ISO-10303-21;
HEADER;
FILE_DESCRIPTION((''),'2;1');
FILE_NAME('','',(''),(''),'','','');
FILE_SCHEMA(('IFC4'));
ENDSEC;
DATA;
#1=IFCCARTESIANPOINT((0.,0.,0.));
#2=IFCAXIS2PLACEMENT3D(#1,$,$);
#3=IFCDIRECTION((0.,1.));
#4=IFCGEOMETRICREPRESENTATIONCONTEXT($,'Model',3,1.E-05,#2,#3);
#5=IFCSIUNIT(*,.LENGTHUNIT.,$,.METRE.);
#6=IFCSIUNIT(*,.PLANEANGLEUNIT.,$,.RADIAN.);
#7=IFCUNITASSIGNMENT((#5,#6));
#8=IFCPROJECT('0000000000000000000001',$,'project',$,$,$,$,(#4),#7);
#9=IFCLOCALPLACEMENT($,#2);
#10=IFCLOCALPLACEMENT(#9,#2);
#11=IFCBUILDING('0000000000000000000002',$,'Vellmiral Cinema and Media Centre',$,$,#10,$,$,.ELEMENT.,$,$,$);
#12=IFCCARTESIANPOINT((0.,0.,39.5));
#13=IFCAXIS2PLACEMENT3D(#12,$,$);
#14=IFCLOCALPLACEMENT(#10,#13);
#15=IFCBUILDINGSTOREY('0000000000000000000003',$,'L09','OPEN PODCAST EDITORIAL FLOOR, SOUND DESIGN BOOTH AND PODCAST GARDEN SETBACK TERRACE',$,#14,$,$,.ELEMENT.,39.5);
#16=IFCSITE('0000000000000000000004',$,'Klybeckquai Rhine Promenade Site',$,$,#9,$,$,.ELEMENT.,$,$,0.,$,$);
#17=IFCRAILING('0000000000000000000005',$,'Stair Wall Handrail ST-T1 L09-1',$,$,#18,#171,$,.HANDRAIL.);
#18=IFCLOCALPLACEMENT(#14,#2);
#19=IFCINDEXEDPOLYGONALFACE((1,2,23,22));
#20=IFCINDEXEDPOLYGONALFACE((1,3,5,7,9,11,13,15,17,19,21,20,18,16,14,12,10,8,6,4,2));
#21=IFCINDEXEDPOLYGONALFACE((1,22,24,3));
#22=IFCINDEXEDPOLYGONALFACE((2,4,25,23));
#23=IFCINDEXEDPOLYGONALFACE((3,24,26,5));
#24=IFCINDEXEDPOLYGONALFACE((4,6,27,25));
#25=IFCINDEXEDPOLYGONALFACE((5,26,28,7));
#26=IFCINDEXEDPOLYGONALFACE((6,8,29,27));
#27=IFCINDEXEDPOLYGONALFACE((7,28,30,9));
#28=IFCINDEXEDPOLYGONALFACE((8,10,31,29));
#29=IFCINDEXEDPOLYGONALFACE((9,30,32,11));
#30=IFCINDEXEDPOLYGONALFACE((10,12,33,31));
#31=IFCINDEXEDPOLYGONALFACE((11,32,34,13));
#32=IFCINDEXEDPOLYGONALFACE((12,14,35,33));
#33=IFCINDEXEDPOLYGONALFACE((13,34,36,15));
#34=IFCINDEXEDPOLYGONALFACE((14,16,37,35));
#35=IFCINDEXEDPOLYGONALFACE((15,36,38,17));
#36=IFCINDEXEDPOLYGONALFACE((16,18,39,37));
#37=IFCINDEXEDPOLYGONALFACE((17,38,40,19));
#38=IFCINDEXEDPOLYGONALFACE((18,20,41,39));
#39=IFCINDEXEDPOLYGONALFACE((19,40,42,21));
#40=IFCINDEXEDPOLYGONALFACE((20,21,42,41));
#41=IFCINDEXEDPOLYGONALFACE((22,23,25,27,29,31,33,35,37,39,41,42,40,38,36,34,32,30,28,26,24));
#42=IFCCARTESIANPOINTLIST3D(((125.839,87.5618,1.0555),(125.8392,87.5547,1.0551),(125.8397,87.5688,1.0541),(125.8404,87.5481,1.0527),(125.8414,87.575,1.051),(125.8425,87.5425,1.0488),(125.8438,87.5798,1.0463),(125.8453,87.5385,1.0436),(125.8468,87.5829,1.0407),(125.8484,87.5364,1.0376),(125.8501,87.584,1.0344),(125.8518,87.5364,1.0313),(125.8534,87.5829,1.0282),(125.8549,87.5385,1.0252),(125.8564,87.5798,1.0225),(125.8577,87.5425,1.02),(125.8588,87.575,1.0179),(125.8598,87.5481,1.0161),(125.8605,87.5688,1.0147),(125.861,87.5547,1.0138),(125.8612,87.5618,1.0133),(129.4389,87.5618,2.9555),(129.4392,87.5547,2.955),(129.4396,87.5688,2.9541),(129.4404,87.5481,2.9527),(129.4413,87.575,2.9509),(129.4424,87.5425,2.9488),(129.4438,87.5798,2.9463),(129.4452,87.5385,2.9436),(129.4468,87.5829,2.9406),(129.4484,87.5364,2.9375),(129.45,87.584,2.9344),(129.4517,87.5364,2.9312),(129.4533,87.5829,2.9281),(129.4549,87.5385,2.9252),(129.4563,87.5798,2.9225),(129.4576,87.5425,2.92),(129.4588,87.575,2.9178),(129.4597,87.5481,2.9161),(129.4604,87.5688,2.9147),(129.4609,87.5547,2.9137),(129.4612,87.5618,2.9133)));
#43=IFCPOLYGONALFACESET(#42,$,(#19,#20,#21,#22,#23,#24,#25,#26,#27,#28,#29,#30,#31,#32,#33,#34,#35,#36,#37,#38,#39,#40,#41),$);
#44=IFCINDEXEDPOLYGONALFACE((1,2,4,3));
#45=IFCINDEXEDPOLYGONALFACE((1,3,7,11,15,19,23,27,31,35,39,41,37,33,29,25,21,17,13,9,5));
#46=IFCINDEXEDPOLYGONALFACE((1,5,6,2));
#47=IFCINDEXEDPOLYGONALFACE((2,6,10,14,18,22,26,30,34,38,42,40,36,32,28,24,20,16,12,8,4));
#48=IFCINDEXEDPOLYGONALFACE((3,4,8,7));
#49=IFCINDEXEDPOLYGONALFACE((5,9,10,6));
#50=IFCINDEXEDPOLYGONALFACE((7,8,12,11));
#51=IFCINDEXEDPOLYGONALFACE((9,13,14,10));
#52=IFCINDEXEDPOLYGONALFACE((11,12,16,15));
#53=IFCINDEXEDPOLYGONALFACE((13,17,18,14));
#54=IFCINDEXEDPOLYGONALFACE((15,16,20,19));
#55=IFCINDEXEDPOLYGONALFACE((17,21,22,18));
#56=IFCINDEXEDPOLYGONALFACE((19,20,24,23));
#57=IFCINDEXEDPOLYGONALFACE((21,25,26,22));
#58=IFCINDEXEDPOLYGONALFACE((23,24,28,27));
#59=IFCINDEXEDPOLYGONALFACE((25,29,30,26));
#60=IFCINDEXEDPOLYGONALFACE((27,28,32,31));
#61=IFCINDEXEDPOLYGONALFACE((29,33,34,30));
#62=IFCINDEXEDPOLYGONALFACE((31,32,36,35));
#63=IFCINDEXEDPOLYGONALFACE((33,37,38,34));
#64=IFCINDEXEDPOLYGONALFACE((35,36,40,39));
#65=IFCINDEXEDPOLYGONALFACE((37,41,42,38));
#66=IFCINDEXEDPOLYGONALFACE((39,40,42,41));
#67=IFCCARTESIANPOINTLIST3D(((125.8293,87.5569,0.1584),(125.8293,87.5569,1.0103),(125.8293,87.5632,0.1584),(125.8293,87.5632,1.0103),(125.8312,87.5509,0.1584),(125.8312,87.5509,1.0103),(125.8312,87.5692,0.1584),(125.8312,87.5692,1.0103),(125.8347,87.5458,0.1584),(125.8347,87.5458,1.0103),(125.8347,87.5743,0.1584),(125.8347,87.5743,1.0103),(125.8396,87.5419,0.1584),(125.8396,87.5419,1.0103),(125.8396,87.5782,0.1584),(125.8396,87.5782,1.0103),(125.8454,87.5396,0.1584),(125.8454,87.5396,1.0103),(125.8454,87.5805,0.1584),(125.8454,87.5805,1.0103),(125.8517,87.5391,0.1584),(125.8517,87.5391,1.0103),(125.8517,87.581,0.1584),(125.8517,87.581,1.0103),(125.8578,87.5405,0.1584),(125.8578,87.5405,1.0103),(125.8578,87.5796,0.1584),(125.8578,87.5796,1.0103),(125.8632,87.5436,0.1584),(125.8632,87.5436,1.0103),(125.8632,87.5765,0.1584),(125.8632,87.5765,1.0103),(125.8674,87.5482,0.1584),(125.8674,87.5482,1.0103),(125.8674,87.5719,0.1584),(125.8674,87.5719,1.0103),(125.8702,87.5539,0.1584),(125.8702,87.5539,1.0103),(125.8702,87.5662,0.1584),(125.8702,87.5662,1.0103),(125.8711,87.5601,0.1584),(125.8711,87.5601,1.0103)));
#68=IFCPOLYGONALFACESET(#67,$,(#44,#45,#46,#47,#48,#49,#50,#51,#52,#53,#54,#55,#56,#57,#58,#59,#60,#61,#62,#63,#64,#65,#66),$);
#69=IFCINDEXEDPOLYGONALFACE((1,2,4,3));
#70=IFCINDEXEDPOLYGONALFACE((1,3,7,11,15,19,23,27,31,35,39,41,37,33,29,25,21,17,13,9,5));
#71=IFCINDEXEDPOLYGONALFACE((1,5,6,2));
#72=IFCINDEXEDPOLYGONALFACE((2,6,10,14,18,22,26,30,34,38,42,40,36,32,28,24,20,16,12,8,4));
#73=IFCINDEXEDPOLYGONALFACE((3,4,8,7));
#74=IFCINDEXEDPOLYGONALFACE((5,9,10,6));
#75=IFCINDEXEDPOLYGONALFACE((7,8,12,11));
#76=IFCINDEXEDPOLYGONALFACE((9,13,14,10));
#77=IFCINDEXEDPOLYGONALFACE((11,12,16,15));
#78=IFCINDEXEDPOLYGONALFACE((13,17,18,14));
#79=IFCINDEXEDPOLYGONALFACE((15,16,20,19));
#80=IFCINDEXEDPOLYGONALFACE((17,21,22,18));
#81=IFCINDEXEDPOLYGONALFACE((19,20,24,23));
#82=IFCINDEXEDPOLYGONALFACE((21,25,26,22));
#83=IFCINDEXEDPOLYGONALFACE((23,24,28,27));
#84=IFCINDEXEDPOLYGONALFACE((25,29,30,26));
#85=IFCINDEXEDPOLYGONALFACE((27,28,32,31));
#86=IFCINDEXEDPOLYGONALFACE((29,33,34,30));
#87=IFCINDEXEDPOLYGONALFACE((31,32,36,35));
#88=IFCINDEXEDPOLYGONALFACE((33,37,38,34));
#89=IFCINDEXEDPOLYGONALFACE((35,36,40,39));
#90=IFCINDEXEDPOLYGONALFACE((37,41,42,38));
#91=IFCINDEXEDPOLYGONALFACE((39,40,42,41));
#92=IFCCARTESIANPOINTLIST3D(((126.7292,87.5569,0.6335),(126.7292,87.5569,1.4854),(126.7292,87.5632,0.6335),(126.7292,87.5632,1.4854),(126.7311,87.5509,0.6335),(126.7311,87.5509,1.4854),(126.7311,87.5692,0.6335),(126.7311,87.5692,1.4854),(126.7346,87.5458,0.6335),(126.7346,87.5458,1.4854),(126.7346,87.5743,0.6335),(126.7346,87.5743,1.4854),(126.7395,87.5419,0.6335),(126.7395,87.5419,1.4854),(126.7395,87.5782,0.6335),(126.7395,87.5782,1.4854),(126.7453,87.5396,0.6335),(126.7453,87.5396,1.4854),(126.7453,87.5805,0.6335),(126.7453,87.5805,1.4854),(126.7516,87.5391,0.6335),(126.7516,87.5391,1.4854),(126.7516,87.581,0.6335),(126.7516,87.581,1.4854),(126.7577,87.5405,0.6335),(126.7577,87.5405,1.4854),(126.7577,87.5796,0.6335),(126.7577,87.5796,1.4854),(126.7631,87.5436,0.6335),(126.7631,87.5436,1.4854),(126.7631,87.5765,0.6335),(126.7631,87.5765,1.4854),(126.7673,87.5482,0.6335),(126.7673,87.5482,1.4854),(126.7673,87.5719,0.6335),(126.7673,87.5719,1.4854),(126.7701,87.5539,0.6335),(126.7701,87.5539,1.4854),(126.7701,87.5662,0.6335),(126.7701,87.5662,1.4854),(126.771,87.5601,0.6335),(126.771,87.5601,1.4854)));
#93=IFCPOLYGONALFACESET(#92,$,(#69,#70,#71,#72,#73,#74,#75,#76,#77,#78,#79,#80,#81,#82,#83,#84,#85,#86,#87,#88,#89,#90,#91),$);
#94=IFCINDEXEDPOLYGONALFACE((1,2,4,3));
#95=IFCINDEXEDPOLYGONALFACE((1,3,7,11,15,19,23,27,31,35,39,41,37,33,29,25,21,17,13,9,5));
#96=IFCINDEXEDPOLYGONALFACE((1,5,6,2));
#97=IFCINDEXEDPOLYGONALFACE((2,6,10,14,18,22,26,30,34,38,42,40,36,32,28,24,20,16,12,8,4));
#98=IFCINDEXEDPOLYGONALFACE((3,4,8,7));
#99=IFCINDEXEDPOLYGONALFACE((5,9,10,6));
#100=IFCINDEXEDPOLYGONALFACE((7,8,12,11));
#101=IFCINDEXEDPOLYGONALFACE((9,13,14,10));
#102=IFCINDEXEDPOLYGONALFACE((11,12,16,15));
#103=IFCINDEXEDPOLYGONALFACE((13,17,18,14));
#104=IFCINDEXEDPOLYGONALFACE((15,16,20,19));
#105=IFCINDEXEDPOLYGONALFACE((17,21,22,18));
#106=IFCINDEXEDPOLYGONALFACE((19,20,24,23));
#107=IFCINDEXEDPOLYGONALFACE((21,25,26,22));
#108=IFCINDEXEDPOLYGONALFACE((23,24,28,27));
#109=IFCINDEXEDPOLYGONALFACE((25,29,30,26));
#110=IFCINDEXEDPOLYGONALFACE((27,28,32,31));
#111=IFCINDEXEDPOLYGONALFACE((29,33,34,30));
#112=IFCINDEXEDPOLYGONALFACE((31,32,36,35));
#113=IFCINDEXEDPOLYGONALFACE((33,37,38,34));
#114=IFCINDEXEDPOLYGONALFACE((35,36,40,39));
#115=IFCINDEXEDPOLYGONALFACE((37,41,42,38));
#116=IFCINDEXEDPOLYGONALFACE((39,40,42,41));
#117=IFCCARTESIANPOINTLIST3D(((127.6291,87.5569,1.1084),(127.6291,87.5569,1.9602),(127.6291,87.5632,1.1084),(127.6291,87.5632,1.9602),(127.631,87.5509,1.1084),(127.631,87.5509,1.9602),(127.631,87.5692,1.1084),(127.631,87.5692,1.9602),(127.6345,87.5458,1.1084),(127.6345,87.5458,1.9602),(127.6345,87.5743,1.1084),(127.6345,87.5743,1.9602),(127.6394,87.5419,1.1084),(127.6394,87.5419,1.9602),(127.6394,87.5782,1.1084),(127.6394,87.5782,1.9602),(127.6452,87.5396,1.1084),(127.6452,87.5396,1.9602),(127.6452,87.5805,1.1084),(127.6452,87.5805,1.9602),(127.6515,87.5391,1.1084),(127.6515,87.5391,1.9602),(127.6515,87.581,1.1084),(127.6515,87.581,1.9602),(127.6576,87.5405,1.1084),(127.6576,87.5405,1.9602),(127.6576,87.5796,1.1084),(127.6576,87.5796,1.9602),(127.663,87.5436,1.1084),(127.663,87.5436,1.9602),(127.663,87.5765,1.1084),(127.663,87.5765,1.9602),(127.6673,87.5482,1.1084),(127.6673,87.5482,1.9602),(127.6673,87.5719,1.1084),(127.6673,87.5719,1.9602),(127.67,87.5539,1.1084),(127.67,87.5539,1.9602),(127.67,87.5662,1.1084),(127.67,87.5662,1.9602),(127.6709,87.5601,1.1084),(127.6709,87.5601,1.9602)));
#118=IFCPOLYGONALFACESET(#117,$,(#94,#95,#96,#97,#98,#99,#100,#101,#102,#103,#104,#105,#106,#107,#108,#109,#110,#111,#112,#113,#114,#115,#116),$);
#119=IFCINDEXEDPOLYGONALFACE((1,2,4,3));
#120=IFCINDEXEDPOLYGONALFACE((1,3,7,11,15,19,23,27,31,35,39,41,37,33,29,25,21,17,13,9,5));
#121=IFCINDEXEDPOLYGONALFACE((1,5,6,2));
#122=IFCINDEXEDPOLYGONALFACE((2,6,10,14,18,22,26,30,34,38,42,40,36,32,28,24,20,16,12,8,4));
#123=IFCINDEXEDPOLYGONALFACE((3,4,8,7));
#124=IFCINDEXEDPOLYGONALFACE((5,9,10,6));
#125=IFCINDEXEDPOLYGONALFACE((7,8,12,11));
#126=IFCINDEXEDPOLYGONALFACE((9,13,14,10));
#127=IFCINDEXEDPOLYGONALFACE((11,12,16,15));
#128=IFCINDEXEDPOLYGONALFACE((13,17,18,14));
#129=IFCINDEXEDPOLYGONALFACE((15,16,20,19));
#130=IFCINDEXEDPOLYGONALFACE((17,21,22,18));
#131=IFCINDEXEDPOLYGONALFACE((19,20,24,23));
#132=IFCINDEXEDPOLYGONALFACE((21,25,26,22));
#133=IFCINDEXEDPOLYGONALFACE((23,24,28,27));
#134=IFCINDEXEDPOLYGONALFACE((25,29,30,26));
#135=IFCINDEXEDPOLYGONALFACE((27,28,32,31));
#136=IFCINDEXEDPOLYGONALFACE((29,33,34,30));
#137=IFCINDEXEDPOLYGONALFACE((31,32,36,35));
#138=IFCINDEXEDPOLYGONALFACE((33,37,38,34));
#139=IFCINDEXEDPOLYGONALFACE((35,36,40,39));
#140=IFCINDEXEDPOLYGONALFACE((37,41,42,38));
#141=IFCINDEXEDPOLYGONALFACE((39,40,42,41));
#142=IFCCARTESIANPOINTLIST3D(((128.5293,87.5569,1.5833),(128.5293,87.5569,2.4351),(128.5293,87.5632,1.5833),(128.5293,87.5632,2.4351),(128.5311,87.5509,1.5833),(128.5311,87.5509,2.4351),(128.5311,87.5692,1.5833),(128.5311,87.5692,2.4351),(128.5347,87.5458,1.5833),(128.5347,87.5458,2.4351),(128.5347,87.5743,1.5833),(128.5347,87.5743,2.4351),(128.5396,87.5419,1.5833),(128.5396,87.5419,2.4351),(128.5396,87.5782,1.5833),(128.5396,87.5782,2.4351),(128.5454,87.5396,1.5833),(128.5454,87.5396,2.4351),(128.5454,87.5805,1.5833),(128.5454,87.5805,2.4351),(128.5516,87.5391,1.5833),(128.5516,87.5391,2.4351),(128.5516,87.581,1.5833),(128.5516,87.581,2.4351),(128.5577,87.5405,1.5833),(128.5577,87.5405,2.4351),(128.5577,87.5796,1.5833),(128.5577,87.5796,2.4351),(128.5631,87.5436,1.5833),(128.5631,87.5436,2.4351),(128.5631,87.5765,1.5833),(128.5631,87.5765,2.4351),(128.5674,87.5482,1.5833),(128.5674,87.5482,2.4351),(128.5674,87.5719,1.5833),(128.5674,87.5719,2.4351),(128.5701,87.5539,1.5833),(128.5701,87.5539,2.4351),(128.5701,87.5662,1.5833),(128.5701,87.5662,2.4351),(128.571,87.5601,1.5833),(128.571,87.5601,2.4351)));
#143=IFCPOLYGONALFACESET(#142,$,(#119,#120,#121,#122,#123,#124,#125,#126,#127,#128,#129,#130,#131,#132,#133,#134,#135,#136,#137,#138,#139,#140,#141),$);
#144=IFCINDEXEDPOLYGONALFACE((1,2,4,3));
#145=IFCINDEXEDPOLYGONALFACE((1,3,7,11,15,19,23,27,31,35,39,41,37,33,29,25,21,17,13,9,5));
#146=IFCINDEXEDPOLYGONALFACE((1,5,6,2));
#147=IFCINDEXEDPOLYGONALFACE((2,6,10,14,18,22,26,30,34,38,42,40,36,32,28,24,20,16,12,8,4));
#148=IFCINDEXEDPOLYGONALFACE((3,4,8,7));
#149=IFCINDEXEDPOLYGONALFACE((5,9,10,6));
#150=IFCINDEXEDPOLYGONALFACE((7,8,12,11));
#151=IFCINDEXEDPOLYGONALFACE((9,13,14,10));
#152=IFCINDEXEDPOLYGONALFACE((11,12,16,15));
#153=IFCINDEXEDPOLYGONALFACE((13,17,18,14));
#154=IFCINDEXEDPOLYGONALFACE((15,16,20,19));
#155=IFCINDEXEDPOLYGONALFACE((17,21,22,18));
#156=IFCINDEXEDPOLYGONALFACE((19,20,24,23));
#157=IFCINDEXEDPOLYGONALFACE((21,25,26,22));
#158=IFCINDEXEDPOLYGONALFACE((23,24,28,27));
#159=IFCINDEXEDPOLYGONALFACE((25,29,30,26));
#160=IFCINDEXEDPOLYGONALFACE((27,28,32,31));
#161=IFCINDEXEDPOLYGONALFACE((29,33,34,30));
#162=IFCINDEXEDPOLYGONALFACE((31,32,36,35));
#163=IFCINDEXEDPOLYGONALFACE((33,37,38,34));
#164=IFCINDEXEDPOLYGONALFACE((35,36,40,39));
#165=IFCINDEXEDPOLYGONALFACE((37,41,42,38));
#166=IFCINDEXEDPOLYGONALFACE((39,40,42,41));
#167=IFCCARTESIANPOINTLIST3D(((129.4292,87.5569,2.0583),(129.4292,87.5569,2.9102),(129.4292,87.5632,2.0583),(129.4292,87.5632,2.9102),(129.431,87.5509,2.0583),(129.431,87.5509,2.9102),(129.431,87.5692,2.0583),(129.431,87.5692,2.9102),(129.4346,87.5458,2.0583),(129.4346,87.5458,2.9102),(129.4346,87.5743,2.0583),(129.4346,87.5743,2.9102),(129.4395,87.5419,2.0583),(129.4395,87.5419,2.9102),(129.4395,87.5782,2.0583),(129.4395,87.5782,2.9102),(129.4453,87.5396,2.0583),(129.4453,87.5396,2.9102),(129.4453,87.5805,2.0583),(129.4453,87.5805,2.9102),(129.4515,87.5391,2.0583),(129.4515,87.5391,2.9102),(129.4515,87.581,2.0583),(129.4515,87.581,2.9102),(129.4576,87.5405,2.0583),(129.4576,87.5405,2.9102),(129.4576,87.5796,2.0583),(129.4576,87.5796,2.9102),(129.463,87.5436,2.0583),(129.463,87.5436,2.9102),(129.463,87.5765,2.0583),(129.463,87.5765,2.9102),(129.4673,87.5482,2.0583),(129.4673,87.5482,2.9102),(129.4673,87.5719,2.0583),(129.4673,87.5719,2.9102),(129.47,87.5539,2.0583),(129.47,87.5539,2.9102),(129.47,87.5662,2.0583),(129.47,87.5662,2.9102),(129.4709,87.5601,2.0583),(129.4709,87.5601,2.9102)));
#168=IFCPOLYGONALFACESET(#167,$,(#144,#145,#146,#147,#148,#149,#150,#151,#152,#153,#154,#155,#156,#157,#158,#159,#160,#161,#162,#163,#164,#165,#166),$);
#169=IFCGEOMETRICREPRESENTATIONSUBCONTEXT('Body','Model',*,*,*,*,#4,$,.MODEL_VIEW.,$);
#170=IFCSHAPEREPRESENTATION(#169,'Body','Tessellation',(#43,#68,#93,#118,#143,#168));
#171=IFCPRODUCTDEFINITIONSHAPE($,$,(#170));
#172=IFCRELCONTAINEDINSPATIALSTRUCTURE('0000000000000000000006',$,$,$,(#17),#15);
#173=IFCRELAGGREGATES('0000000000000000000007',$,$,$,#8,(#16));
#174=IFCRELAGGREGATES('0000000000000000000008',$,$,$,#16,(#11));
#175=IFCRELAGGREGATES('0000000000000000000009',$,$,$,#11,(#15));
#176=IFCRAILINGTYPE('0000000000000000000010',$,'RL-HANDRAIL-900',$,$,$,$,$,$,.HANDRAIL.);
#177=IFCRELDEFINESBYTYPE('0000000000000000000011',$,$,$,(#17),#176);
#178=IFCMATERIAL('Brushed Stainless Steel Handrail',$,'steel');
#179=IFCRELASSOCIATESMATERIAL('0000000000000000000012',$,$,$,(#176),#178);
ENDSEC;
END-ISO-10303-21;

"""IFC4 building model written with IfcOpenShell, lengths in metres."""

from ifc_helpers import new_model, si_unit, direction, frame, origin, origin_2d, place, context, subcontext, project, spatial, circle, extrude, material, type_object, element, save


model = new_model("IFC4")

# Units and contexts
model_context = context("Model", 3, precision=1e-05, world=origin(), true_north=direction((0.0, 1.0)))
body_context = subcontext(model_context, "Body", "Model", "MODEL_VIEW")
ifc_project = project(units=[si_unit("LENGTHUNIT", "METRE"), si_unit("PLANEANGLEUNIT", "RADIAN")], contexts=[model_context])

# Site, building, storey
site_placement = place(None, origin())
site = spatial("IfcSite", under=ifc_project, at=site_placement, Name="Klybeckquai Rhine Promenade Site", CompositionType="ELEMENT", RefElevation=0.0)
building_placement = place(site_placement, origin())
building = spatial("IfcBuilding", under=site, at=building_placement, Name="Vellmiral Cinema and Media Centre", CompositionType="ELEMENT")
storey_placement = place(building_placement, frame((0.0, 0.0, 39.5)))
storey = spatial("IfcBuildingStorey", under=building, at=storey_placement, Name="L09", Description="OPEN PODCAST EDITORIAL FLOOR, SOUND DESIGN BOOTH AND PODCAST GARDEN SETBACK TERRACE", CompositionType="ELEMENT", Elevation=39.5)

# Railing
ifc_material_1 = material(Name="Brushed Stainless Steel Handrail", Category="steel")
railing_type_1 = type_object("IfcRailingType", Name="RL-HANDRAIL-900", PredefinedType="HANDRAIL", material=ifc_material_1)
railing_1_placement = place(storey_placement, frame((125.8501, 87.5601, 0.1584)))
element("IfcRailing", 1, at=railing_1_placement, inside=storey, type_object=railing_type_1, Name="Stair Wall Handrail ST-T1 L09-1", PredefinedType="HANDRAIL", context=body_context, shape_type="SweptSolid", body=[
    extrude(circle(Radius=0.0239, at=origin_2d()), frame((0.0, 0.0, 0.876), z_axis=(0.884387, 0.0, 0.466755), x_axis=(0.0, 1.0, 0.0)), (0.0, 0.0, 1.0), 4.0706),
    extrude(circle(Radius=0.021, at=origin_2d()), origin(), (0.0, 0.0, 1.0), 0.8518),
    extrude(circle(Radius=0.021, at=origin_2d()), frame((0.8999, 0.0, 0.4751)), (0.0, 0.0, 1.0), 0.8518),
    extrude(circle(Radius=0.021, at=origin_2d()), frame((1.7998, 0.0, 0.95)), (0.0, 0.0, 1.0), 0.8518),
    extrude(circle(Radius=0.021, at=origin_2d()), frame((2.7, 0.0, 1.4248)), (0.0, 0.0, 1.0), 0.8518),
    extrude(circle(Radius=0.021, at=origin_2d()), frame((3.5999, 0.0, 1.8999)), (0.0, 0.0, 1.0), 0.8518),
])

save(model, "model.ifc")
